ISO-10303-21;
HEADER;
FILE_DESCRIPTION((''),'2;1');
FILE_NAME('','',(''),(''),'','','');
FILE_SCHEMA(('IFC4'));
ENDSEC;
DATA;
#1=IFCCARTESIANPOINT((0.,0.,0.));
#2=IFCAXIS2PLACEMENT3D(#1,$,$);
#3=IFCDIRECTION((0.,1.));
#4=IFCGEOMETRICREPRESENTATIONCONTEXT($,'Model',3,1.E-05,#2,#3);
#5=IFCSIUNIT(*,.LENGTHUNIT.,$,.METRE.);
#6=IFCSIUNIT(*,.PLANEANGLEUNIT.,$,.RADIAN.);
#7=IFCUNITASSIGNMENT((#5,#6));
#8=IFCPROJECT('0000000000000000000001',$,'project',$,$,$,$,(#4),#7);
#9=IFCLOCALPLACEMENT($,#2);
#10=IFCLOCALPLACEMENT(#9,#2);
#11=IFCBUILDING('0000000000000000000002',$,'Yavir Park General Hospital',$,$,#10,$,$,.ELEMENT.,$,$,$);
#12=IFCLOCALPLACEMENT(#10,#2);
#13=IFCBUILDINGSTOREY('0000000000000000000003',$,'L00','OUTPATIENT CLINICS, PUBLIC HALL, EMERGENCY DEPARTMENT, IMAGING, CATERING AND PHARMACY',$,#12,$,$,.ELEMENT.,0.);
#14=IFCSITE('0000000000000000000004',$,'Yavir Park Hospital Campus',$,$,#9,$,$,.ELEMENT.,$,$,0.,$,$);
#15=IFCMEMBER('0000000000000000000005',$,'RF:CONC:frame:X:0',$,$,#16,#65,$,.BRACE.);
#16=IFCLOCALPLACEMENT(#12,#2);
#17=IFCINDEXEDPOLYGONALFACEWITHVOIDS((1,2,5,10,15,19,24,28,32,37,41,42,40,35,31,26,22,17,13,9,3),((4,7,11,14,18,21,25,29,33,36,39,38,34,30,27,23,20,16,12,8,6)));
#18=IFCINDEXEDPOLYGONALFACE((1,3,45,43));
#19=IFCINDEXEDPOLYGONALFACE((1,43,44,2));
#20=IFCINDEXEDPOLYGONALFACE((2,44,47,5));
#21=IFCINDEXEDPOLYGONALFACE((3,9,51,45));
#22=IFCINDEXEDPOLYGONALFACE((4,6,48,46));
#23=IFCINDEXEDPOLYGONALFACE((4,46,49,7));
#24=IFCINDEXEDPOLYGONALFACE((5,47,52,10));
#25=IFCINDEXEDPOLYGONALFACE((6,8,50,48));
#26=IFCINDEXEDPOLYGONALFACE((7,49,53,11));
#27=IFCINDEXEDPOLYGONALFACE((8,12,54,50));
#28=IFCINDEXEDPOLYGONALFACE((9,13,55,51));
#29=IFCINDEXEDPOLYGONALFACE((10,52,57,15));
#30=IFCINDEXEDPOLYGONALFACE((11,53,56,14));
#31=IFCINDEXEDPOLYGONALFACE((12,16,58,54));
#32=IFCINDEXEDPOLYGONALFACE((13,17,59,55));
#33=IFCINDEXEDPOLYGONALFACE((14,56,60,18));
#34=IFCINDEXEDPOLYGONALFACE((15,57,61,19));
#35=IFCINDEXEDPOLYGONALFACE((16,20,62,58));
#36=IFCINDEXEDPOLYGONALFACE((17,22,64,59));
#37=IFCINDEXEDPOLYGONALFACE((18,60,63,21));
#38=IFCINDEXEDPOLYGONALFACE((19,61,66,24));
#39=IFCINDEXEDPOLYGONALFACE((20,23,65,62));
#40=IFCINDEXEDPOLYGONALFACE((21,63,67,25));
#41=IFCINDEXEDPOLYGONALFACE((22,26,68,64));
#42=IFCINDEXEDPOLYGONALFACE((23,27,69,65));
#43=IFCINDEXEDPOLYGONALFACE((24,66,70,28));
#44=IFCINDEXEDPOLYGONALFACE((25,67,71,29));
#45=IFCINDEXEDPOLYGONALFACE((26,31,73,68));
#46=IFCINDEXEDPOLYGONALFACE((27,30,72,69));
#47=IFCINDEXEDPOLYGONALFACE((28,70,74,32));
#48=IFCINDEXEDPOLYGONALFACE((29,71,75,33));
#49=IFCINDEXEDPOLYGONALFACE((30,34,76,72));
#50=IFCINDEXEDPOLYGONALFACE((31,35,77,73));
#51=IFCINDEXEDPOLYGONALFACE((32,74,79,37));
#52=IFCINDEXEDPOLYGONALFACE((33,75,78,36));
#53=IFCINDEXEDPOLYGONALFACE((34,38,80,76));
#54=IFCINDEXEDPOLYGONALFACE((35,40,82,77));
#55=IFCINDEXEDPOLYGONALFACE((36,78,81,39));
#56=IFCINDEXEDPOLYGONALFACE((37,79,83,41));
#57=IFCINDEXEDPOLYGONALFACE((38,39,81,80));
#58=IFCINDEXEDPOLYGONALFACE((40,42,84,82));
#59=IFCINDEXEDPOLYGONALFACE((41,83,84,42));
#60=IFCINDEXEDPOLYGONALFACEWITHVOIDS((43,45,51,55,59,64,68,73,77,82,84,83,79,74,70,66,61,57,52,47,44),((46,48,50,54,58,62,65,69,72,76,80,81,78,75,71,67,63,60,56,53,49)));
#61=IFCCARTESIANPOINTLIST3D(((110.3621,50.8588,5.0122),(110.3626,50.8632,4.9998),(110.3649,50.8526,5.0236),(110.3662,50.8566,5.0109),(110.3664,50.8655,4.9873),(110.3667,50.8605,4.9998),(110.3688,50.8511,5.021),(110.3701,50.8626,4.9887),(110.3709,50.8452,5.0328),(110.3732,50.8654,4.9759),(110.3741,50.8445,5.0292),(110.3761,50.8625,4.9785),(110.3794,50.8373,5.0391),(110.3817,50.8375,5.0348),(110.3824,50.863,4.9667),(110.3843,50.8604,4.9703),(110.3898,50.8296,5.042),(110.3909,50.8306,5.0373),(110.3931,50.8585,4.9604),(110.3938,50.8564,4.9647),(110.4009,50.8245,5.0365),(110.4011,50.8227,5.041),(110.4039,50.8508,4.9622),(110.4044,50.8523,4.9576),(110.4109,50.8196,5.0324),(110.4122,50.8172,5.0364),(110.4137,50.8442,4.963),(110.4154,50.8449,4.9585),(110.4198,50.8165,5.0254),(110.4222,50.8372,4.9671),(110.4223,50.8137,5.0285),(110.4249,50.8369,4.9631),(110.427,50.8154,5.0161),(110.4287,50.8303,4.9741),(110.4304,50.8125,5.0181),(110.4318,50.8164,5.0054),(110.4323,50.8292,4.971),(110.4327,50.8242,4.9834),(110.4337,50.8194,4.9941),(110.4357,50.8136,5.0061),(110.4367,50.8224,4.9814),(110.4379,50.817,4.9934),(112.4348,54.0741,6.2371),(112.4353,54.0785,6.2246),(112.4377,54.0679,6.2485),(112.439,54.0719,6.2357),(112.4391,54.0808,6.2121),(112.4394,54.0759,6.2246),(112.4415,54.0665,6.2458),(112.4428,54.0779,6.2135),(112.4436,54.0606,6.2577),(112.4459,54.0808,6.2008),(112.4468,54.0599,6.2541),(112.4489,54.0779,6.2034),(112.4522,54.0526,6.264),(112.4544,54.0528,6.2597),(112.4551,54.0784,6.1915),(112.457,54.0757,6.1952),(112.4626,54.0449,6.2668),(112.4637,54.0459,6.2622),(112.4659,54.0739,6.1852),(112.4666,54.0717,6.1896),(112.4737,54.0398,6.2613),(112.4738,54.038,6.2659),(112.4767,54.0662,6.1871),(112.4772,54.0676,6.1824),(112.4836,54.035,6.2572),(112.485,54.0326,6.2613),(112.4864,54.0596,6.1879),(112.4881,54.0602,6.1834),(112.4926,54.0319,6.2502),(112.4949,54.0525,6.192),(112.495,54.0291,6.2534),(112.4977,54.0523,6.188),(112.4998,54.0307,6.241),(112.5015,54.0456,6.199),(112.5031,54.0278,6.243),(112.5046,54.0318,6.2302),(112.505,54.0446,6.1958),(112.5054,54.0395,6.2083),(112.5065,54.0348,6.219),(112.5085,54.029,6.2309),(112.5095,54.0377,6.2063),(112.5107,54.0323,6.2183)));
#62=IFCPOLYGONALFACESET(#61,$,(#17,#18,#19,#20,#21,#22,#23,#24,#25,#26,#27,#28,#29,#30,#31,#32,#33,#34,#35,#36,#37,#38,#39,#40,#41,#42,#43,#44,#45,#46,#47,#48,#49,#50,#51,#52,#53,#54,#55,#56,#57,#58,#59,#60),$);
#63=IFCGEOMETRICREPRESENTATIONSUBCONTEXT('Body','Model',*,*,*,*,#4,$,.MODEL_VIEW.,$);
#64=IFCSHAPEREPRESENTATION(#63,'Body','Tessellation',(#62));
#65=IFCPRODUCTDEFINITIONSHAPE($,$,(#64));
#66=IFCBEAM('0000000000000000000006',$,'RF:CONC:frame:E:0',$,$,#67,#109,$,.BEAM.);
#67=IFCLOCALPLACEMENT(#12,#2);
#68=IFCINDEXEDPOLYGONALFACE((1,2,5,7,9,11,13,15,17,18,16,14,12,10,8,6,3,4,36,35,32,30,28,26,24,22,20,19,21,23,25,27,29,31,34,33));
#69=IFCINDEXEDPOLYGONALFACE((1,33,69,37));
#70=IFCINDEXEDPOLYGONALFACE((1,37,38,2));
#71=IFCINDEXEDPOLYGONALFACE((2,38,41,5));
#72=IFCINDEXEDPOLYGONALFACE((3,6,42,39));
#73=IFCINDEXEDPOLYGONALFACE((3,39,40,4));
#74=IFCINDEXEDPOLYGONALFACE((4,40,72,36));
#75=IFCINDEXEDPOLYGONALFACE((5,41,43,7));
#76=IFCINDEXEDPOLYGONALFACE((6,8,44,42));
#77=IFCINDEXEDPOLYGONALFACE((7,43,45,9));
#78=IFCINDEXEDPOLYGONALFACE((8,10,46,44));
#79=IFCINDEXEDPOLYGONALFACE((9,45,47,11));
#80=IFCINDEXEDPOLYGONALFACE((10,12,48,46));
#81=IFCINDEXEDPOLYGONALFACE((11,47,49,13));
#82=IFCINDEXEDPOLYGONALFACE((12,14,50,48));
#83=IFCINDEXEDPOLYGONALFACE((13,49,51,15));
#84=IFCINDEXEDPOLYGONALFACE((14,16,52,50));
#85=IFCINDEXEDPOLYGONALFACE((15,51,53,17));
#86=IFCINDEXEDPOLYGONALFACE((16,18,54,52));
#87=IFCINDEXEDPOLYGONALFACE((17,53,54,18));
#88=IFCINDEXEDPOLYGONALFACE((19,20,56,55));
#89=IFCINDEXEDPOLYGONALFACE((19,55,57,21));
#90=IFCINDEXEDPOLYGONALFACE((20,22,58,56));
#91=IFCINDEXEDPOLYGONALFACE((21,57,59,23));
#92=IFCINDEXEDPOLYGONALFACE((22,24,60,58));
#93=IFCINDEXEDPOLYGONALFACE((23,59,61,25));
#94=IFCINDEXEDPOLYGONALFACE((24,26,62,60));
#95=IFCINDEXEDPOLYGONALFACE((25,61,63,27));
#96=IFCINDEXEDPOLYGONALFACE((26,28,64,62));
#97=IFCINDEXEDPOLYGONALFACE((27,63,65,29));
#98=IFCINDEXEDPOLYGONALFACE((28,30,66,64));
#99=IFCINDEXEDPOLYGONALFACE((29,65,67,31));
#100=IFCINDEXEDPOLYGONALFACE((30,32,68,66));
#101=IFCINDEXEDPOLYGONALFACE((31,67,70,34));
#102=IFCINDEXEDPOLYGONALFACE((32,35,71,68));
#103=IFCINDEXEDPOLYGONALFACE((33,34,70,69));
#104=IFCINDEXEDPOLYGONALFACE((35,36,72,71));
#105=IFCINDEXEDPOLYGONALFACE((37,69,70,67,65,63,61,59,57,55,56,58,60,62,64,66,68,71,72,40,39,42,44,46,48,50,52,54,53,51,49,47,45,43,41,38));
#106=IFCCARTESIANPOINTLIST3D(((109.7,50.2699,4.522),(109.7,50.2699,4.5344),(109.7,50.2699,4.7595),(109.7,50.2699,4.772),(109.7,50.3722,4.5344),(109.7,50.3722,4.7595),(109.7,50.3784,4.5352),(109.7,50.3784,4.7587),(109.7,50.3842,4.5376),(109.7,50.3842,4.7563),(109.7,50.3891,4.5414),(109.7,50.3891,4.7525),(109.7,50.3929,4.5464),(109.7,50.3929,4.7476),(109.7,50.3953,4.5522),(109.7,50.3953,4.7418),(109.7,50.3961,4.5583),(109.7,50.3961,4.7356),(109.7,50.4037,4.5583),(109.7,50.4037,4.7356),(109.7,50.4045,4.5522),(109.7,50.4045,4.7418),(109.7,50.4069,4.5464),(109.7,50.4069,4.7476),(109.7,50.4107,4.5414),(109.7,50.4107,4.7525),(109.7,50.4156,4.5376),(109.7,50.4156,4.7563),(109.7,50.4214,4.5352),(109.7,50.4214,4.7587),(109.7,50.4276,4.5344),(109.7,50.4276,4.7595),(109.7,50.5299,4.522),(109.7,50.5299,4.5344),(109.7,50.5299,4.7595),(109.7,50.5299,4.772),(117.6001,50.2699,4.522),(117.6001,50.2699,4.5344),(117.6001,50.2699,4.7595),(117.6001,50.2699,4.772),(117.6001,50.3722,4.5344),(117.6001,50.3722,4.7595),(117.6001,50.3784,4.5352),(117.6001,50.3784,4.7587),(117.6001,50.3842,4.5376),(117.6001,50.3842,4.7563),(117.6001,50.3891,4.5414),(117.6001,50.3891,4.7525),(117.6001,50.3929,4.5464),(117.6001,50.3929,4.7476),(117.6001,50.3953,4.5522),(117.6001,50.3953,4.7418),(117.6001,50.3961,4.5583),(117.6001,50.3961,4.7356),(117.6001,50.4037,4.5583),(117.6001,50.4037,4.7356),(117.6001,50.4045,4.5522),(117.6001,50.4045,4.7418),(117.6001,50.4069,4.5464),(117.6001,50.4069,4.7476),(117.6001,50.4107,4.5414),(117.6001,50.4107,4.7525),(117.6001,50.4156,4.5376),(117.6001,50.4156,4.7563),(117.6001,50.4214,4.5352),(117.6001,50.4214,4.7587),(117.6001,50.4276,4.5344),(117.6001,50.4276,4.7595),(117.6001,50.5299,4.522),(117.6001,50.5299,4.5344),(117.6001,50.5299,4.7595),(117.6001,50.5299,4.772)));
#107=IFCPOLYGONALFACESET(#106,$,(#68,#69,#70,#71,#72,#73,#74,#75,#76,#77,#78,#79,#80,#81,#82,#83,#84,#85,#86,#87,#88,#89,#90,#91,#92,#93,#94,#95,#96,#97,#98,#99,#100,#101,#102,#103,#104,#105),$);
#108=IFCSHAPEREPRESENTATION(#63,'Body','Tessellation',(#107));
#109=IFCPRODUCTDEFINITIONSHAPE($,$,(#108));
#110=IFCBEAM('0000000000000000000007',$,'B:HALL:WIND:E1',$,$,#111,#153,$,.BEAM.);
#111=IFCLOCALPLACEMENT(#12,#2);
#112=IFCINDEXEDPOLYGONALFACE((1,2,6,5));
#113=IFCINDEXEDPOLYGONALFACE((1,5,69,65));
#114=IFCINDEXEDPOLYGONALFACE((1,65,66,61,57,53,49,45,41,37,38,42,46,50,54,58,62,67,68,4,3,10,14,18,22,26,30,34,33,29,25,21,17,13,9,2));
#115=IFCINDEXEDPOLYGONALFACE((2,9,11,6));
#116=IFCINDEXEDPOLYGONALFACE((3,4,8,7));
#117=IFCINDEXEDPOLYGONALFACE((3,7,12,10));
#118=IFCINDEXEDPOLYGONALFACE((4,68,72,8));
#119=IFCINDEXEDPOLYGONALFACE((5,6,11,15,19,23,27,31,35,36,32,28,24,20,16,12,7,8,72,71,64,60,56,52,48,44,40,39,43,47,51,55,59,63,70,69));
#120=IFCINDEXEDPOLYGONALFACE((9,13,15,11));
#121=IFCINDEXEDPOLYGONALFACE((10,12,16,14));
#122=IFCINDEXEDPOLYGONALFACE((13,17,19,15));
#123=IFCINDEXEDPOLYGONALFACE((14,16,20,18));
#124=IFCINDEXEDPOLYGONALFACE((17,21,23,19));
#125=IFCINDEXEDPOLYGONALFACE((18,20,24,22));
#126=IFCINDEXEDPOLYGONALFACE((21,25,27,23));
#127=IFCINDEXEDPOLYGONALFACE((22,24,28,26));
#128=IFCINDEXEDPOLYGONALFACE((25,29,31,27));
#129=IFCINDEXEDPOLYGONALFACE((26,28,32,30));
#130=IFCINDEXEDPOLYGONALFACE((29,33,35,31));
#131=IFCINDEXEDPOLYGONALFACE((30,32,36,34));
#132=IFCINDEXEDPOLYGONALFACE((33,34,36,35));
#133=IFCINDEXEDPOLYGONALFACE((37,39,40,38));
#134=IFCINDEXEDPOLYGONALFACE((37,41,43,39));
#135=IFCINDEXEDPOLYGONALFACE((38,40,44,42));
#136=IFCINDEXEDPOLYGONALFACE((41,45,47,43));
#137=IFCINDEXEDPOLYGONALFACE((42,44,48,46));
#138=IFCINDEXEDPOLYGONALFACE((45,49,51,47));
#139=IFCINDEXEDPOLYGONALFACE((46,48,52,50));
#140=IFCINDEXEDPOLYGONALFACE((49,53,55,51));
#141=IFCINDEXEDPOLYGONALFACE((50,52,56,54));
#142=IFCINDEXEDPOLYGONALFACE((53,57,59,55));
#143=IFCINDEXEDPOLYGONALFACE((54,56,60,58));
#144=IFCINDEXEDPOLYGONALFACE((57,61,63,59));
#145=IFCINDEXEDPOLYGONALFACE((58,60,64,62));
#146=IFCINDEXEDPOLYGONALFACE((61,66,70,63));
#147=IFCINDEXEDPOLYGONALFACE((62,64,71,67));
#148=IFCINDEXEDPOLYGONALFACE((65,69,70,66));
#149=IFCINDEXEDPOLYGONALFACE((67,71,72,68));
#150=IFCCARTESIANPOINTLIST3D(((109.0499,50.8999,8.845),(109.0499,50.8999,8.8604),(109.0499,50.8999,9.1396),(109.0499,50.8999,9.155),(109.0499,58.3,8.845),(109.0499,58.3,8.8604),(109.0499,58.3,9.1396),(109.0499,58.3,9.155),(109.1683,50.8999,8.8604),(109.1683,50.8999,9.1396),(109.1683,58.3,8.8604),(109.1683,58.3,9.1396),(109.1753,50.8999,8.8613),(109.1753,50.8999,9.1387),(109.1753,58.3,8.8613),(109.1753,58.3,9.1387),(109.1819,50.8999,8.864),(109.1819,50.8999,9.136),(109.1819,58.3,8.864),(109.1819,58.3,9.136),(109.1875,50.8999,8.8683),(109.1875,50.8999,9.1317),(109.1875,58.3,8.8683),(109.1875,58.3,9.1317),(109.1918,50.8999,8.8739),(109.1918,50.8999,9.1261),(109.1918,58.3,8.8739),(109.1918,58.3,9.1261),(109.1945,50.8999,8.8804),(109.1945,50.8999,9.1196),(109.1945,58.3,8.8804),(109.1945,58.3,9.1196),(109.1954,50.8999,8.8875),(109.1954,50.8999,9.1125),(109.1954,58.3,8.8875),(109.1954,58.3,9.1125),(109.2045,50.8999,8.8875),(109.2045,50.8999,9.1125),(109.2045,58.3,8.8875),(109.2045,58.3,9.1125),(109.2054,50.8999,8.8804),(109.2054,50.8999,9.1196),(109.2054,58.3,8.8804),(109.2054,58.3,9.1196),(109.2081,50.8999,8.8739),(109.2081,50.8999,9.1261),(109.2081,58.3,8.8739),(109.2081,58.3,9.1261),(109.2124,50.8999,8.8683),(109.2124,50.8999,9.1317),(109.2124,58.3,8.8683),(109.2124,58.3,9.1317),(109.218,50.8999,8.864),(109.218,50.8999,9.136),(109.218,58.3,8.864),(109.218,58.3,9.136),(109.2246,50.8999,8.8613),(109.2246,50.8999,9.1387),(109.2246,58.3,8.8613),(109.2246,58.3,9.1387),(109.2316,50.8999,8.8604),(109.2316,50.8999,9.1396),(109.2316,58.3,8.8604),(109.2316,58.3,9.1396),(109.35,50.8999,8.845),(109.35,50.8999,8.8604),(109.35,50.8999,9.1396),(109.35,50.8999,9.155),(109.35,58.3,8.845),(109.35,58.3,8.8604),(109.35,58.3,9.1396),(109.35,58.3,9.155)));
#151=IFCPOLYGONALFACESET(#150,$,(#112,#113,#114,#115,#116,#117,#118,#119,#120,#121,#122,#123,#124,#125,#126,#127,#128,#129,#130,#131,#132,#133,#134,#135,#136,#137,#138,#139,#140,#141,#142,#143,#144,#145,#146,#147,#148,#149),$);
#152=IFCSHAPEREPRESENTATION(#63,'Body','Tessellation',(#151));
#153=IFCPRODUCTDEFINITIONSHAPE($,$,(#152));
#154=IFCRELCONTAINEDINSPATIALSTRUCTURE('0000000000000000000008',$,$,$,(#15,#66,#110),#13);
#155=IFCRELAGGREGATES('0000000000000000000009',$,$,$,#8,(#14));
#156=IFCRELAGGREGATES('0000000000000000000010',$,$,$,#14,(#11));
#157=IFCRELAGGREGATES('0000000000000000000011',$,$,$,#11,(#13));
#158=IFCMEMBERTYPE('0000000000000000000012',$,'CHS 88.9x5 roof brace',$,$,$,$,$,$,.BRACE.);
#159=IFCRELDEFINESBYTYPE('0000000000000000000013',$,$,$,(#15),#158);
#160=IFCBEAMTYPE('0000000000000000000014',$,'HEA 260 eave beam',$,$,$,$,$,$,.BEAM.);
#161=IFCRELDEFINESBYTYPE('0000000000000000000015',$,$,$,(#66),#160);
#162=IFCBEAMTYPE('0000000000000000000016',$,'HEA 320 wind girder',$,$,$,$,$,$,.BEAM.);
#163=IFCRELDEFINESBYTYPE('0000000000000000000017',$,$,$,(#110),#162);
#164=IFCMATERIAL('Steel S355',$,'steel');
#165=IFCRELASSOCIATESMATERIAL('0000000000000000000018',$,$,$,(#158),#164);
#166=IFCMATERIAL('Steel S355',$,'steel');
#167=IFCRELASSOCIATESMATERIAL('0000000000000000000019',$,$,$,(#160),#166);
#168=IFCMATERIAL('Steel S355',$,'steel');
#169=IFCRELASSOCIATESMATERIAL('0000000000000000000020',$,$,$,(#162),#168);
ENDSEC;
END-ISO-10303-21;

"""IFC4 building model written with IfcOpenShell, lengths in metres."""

from ifc_helpers import new_model, si_unit, direction, frame, origin, origin_2d, place, context, subcontext, project, spatial, hollow_circle, i_section, extrude, material, material_profile, profile_set, type_object, element, save


model = new_model("IFC4")

# Units and contexts
model_context = context("Model", 3, precision=1e-05, world=origin(), true_north=direction((0.0, 1.0)))
body_context = subcontext(model_context, "Body", "Model", "MODEL_VIEW")
ifc_project = project(units=[si_unit("LENGTHUNIT", "METRE"), si_unit("PLANEANGLEUNIT", "RADIAN")], contexts=[model_context])

# Site, building, storey
site_placement = place(None, origin())
site = spatial("IfcSite", under=ifc_project, at=site_placement, Name="Yavir Park Hospital Campus", CompositionType="ELEMENT", RefElevation=0.0)
building_placement = place(site_placement, origin())
building = spatial("IfcBuilding", under=site, at=building_placement, Name="Yavir Park General Hospital", CompositionType="ELEMENT")
storey_placement = place(building_placement, origin())
storey = spatial("IfcBuildingStorey", under=building, at=storey_placement, Name="L00", Description="OUTPATIENT CLINICS, PUBLIC HALL, EMERGENCY DEPARTMENT, IMAGING, CATERING AND PHARMACY", CompositionType="ELEMENT", Elevation=0.0)

# Member
ifc_material_1 = material(Name="Steel S355", Category="steel")
ifc_material_profile_1 = material_profile(ifc_material_1, hollow_circle(Radius=0.0444, WallThickness=0.0049, at=origin_2d()), Name="CHS88.9x5")
ifc_profile_set_1 = profile_set([ifc_material_profile_1], Name="Steel S355")
member_type_1 = type_object("IfcMemberType", Name="CHS 88.9x5 roof brace", PredefinedType="BRACE", material=ifc_profile_set_1)
member_1_placement = place(storey_placement, frame((110.3999, 50.8391, 4.9998), z_axis=(0.516017, 0.800465, 0.30493), x_axis=(-0.840494, 0.541822, 0.0)))
element("IfcMember", 1, at=member_1_placement, inside=storey, type_object=member_type_1, Name="RF:CONC:frame:X:0", PredefinedType="BRACE", context=body_context, shape_type="SweptSolid", body=[
    extrude(hollow_circle(Radius=0.0444, WallThickness=0.0049, at=origin_2d()), origin(), (0.0, 0.0, 1.0), 4.0168),
])

# Beams
ifc_material_2 = material(Name="Steel S355", Category="steel")
ifc_material_profile_2 = material_profile(ifc_material_2, i_section(OverallWidth=0.26, OverallDepth=0.25, WebThickness=0.0076, FlangeThickness=0.0125, FilletRadius=0.0239, at=origin_2d()), Name="HEA260")
ifc_profile_set_2 = profile_set([ifc_material_profile_2], Name="Steel S355")
beam_type_1 = type_object("IfcBeamType", Name="HEA 260 eave beam", PredefinedType="BEAM", material=ifc_profile_set_2)
beam_1_placement = place(storey_placement, frame((109.7, 50.3999, 4.647), z_axis=(1.0, 0.0, 0.0), x_axis=(0.0, 1.0, 0.0)))
element("IfcBeam", 2, at=beam_1_placement, inside=storey, type_object=beam_type_1, Name="RF:CONC:frame:E:0", PredefinedType="BEAM", context=body_context, shape_type="SweptSolid", body=[
    extrude(i_section(OverallWidth=0.26, OverallDepth=0.25, WebThickness=0.0076, FlangeThickness=0.0125, FilletRadius=0.0239, at=origin_2d()), origin(), (0.0, 0.0, 1.0), 7.9001),
])
ifc_material_3 = material(Name="Steel S355", Category="steel")
ifc_material_profile_3 = material_profile(ifc_material_3, i_section(OverallWidth=0.3, OverallDepth=0.3101, WebThickness=0.009, FlangeThickness=0.0154, FilletRadius=0.0271, at=origin_2d()), Name="HEA320")
ifc_profile_set_3 = profile_set([ifc_material_profile_3], Name="Steel S355")
beam_type_2 = type_object("IfcBeamType", Name="HEA 320 wind girder", PredefinedType="BEAM", material=ifc_profile_set_3)
beam_2_placement = place(storey_placement, frame((109.2, 50.8999, 9.0), z_axis=(0.0, 1.0, 0.0), x_axis=(-1.0, 0.0, 0.0)))
element("IfcBeam", 3, at=beam_2_placement, inside=storey, type_object=beam_type_2, Name="B:HALL:WIND:E1", PredefinedType="BEAM", context=body_context, shape_type="SweptSolid", body=[
    extrude(i_section(OverallWidth=0.3, OverallDepth=0.3101, WebThickness=0.009, FlangeThickness=0.0154, FilletRadius=0.0271, at=origin_2d()), origin(), (0.0, 0.0, 1.0), 7.4001),
])

save(model, "model.ifc")
